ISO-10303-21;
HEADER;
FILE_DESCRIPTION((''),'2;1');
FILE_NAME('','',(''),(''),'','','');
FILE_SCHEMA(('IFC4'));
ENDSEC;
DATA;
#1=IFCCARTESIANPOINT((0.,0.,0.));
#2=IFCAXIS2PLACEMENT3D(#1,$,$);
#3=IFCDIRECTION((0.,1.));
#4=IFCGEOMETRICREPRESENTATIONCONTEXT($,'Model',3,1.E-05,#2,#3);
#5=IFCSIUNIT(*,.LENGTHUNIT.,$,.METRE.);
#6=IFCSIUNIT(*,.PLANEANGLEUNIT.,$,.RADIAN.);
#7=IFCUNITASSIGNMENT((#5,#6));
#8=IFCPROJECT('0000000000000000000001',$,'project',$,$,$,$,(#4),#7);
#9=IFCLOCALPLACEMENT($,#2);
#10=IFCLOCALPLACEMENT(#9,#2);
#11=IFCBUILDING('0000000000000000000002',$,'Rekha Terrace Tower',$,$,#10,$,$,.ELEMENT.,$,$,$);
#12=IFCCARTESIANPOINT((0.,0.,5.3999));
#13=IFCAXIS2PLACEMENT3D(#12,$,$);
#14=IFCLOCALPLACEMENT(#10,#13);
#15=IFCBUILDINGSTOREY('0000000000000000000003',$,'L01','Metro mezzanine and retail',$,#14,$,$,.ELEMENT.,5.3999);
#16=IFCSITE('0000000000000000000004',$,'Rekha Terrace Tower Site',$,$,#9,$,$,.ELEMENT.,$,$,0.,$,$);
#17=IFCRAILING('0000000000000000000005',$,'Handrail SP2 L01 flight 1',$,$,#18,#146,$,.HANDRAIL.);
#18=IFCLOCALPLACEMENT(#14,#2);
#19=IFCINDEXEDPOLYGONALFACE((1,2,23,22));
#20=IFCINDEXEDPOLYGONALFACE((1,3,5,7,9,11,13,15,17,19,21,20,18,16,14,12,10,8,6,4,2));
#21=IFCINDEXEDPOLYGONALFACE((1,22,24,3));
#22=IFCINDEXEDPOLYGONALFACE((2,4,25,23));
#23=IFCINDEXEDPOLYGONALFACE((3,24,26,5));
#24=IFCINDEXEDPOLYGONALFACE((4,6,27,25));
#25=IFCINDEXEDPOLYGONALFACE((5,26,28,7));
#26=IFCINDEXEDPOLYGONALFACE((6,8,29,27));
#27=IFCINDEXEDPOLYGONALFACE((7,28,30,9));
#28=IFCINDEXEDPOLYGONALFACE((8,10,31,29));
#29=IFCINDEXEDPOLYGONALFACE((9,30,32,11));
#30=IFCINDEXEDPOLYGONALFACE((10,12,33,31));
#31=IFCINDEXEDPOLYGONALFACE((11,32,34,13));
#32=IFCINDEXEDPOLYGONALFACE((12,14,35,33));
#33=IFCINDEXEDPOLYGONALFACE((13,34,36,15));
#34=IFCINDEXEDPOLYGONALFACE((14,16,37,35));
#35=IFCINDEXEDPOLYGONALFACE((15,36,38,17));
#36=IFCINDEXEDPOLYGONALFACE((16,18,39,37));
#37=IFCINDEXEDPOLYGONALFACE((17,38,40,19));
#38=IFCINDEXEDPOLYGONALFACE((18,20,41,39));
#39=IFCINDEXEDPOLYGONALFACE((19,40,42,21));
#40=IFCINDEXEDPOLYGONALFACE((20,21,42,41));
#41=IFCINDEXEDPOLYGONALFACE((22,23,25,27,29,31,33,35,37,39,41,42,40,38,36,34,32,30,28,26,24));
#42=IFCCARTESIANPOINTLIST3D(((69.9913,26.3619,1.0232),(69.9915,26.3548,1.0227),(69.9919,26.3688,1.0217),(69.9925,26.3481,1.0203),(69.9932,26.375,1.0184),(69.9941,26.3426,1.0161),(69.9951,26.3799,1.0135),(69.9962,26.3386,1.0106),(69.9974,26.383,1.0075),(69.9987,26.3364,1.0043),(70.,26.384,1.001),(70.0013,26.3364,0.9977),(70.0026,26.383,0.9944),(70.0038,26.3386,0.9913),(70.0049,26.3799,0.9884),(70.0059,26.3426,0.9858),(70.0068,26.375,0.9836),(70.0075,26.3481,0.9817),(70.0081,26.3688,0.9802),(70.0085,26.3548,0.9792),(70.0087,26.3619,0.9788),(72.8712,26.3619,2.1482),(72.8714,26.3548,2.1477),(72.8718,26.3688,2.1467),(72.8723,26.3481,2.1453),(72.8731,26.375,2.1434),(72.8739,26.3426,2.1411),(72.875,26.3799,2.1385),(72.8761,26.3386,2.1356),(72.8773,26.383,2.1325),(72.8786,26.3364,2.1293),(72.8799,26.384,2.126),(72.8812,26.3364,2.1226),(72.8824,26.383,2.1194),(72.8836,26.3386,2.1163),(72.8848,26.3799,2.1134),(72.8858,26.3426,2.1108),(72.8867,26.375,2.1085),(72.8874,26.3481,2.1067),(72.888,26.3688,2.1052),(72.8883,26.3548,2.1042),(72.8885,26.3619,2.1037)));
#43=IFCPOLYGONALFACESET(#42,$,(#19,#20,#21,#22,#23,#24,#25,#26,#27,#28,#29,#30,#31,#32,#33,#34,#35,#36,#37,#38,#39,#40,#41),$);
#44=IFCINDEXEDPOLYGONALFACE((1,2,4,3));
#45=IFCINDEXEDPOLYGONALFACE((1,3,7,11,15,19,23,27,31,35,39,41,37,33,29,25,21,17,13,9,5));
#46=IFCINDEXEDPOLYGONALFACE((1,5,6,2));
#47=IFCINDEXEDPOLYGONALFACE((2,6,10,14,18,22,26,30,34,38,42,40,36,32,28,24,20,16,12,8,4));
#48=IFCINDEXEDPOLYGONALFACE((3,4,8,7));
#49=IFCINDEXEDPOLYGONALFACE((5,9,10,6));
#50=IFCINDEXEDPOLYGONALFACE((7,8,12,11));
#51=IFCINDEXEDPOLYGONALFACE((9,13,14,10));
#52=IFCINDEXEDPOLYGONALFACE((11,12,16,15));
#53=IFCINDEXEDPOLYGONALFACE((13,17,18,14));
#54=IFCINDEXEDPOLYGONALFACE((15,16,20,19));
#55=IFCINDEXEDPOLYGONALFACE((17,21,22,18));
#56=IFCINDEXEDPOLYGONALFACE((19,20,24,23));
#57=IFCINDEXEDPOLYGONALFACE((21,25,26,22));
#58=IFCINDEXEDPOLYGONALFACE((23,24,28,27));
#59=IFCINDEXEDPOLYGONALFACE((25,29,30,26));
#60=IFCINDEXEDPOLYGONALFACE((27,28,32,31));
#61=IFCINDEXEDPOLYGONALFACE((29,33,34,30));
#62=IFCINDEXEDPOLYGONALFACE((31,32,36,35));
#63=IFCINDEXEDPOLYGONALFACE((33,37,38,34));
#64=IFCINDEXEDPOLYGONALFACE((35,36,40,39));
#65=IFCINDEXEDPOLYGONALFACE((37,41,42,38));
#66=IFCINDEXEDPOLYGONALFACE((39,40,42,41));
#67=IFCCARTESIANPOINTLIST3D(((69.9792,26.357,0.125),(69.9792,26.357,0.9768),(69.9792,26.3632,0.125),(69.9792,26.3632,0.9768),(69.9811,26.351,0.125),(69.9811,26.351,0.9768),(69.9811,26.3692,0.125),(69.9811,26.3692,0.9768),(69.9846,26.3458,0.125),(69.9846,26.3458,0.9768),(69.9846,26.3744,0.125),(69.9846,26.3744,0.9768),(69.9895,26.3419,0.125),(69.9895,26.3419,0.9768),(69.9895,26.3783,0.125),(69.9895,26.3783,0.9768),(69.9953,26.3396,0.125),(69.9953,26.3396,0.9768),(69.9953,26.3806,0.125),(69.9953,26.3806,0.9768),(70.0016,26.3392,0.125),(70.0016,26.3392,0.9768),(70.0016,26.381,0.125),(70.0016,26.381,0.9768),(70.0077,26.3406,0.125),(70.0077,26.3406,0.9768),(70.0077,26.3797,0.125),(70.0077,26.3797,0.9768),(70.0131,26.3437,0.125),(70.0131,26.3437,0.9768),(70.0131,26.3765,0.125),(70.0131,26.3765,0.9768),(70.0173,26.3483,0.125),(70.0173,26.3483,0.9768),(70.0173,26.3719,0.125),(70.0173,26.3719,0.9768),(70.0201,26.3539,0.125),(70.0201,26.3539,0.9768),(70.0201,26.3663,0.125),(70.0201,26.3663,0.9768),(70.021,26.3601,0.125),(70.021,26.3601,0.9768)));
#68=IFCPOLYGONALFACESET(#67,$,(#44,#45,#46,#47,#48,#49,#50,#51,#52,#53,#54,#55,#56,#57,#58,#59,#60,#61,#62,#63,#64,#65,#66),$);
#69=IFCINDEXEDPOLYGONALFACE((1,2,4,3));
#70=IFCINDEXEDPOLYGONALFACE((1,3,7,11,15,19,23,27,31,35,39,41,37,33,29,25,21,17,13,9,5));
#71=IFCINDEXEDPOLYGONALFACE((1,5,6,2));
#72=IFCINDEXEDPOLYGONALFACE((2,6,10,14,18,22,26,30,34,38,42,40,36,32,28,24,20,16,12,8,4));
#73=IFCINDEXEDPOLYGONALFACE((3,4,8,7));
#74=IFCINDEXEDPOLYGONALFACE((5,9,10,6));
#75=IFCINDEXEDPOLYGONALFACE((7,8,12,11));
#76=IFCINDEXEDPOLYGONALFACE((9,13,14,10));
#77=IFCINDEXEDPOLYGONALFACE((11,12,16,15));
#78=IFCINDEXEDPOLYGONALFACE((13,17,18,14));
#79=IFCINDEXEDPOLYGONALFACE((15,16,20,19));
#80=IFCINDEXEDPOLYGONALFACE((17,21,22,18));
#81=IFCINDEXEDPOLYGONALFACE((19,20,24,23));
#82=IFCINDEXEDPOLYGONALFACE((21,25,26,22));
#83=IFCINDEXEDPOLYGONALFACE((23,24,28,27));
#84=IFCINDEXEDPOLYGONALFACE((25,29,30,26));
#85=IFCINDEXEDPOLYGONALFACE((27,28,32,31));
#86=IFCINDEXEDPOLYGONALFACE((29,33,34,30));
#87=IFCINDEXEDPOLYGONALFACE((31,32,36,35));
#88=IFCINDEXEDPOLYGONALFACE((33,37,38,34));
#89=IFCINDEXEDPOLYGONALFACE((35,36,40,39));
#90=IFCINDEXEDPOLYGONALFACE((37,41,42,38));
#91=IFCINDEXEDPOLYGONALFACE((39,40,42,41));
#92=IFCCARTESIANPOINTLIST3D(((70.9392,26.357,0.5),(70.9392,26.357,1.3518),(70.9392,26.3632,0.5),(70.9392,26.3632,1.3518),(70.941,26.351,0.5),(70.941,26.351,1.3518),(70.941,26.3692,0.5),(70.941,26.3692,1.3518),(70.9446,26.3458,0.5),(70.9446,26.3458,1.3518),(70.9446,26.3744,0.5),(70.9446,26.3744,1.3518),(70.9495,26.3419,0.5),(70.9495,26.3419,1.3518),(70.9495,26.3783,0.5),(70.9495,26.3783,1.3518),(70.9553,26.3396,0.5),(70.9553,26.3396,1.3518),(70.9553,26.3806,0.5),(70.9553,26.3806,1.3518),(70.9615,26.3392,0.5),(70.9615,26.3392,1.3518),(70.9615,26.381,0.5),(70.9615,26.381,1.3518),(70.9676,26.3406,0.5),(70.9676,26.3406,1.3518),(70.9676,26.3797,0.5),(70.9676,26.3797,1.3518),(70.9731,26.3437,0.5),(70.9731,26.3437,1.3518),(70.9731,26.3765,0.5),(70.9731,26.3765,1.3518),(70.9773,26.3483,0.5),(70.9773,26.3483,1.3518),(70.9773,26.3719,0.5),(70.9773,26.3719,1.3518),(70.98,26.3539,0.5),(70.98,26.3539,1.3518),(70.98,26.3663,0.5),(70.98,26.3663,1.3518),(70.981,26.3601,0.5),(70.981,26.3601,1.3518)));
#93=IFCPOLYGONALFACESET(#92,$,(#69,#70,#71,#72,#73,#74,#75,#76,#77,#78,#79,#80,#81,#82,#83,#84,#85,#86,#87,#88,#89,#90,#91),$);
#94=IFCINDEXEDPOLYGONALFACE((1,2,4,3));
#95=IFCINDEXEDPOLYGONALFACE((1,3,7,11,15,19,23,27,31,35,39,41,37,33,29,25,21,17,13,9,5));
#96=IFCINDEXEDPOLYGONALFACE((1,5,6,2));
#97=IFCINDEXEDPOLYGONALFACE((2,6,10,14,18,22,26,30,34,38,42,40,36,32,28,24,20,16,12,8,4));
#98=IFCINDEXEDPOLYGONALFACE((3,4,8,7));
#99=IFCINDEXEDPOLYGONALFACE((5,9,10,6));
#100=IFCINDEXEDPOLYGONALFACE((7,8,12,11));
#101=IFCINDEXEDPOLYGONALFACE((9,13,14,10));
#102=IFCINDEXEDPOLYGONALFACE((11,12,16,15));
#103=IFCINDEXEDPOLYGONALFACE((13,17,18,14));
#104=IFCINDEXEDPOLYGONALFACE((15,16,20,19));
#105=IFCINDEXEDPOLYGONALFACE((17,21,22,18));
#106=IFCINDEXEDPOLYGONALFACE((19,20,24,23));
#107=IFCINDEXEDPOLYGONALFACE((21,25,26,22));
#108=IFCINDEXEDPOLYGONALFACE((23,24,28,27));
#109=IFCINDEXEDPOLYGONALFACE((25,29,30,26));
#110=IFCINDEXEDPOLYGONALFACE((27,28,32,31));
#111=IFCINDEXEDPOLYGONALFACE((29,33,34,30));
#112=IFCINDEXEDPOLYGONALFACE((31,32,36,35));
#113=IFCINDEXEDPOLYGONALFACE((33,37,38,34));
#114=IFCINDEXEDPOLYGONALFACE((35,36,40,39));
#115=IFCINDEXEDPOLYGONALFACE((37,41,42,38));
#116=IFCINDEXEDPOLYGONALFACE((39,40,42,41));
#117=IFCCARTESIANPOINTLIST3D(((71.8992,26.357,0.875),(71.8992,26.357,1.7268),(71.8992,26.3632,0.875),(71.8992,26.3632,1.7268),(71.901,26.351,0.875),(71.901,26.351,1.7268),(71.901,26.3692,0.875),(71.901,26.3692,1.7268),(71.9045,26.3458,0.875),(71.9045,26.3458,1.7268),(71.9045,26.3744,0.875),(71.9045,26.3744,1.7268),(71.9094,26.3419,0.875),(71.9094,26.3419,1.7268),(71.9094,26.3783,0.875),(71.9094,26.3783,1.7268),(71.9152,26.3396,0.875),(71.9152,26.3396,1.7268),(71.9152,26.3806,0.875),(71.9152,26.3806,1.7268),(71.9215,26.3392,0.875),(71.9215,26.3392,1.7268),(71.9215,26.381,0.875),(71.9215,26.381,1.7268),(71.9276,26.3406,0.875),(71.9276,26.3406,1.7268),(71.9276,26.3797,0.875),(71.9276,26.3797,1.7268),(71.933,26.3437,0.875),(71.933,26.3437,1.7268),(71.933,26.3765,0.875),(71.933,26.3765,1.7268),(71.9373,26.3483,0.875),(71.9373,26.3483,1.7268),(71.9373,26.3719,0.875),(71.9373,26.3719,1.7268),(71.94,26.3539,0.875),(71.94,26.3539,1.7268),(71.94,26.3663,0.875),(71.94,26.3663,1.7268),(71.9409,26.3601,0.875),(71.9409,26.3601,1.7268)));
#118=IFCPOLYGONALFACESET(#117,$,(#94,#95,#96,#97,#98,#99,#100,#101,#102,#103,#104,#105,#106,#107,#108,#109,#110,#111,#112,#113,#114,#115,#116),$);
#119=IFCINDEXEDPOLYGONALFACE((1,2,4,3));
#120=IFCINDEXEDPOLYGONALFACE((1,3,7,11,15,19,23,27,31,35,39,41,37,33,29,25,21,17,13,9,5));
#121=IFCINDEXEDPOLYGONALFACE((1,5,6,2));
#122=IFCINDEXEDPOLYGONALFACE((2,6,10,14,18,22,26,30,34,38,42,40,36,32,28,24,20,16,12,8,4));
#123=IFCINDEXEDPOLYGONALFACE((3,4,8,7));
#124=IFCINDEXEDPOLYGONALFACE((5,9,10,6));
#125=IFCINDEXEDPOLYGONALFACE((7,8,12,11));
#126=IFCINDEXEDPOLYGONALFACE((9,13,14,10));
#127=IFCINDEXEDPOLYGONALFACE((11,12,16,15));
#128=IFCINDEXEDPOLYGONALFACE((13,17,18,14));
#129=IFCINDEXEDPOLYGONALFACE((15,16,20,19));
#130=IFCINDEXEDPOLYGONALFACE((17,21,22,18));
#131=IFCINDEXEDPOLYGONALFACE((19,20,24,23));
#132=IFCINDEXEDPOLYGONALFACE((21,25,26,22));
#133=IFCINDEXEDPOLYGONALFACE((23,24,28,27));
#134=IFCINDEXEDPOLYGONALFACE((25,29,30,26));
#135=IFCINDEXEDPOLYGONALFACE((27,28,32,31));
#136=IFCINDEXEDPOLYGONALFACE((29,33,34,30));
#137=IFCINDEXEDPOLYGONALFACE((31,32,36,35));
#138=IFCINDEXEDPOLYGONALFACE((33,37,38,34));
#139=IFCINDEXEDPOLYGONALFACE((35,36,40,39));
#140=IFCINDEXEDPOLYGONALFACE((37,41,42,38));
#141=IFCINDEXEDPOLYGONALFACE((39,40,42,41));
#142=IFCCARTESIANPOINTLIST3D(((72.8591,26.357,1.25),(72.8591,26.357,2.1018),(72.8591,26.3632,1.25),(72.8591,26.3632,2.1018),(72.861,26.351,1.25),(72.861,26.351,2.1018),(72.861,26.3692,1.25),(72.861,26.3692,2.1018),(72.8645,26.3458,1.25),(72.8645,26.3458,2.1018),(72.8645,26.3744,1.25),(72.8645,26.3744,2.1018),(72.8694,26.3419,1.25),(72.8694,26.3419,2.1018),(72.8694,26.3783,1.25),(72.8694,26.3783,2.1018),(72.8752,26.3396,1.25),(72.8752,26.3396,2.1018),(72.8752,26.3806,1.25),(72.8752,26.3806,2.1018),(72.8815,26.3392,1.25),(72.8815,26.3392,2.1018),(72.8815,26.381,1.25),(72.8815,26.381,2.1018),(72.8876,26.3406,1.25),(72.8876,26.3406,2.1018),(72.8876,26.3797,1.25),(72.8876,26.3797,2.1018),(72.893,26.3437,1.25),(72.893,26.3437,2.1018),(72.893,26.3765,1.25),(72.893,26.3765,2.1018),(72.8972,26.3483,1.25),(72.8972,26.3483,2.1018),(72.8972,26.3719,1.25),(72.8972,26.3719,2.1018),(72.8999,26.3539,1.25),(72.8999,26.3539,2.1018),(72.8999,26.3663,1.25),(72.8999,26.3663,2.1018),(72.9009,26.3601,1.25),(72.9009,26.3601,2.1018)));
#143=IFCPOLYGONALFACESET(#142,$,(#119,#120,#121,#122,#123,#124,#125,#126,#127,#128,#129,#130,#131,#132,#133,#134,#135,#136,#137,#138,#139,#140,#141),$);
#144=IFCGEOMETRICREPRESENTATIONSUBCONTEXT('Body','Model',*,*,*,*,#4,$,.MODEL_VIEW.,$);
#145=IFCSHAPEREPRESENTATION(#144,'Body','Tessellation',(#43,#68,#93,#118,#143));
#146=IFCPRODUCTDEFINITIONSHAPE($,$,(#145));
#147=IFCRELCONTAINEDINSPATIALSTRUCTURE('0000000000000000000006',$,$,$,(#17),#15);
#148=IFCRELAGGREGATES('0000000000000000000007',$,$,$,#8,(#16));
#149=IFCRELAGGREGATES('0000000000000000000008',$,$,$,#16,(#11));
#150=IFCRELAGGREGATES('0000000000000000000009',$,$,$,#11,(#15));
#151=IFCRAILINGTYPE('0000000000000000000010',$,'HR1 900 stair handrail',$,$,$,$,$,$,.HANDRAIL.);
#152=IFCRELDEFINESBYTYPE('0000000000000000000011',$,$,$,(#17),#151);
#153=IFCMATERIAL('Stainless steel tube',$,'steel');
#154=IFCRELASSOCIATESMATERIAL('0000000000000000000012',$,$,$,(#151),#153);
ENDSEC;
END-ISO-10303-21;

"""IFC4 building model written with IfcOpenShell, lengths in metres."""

from ifc_helpers import new_model, si_unit, direction, frame, origin, origin_2d, place, context, subcontext, project, spatial, circle, extrude, material, type_object, element, save


model = new_model("IFC4")

# Units and contexts
model_context = context("Model", 3, precision=1e-05, world=origin(), true_north=direction((0.0, 1.0)))
body_context = subcontext(model_context, "Body", "Model", "MODEL_VIEW")
ifc_project = project(units=[si_unit("LENGTHUNIT", "METRE"), si_unit("PLANEANGLEUNIT", "RADIAN")], contexts=[model_context])

# Site, building, storey
site_placement = place(None, origin())
site = spatial("IfcSite", under=ifc_project, at=site_placement, Name="Rekha Terrace Tower Site", CompositionType="ELEMENT", RefElevation=0.0)
building_placement = place(site_placement, origin())
building = spatial("IfcBuilding", under=site, at=building_placement, Name="Rekha Terrace Tower", CompositionType="ELEMENT")
storey_placement = place(building_placement, frame((0.0, 0.0, 5.3999)))
storey = spatial("IfcBuildingStorey", under=building, at=storey_placement, Name="L01", Description="Metro mezzanine and retail", CompositionType="ELEMENT", Elevation=5.3999)

# Railing
ifc_material_1 = material(Name="Stainless steel tube", Category="steel")
railing_type_1 = type_object("IfcRailingType", Name="HR1 900 stair handrail", PredefinedType="HANDRAIL", material=ifc_material_1)
railing_1_placement = place(storey_placement, frame((70.0, 26.3601, 0.125)))
element("IfcRailing", 1, at=railing_1_placement, inside=storey, type_object=railing_type_1, Name="Handrail SP2 L01 flight 1", PredefinedType="HANDRAIL", context=body_context, shape_type="SweptSolid", body=[
    extrude(circle(Radius=0.0239, at=origin_2d()), frame((0.0, 0.0, 0.876), z_axis=(0.931452, 0.0, 0.363863), x_axis=(0.0, 1.0, 0.0)), (0.0, 0.0, 1.0), 3.0918),
    extrude(circle(Radius=0.021, at=origin_2d()), origin(), (0.0, 0.0, 1.0), 0.8518),
    extrude(circle(Radius=0.021, at=origin_2d()), frame((0.96, 0.0, 0.375)), (0.0, 0.0, 1.0), 0.8518),
    extrude(circle(Radius=0.021, at=origin_2d()), frame((1.9199, 0.0, 0.75)), (0.0, 0.0, 1.0), 0.8518),
    extrude(circle(Radius=0.021, at=origin_2d()), frame((2.8799, 0.0, 1.125)), (0.0, 0.0, 1.0), 0.8518),
])

save(model, "model.ifc")
